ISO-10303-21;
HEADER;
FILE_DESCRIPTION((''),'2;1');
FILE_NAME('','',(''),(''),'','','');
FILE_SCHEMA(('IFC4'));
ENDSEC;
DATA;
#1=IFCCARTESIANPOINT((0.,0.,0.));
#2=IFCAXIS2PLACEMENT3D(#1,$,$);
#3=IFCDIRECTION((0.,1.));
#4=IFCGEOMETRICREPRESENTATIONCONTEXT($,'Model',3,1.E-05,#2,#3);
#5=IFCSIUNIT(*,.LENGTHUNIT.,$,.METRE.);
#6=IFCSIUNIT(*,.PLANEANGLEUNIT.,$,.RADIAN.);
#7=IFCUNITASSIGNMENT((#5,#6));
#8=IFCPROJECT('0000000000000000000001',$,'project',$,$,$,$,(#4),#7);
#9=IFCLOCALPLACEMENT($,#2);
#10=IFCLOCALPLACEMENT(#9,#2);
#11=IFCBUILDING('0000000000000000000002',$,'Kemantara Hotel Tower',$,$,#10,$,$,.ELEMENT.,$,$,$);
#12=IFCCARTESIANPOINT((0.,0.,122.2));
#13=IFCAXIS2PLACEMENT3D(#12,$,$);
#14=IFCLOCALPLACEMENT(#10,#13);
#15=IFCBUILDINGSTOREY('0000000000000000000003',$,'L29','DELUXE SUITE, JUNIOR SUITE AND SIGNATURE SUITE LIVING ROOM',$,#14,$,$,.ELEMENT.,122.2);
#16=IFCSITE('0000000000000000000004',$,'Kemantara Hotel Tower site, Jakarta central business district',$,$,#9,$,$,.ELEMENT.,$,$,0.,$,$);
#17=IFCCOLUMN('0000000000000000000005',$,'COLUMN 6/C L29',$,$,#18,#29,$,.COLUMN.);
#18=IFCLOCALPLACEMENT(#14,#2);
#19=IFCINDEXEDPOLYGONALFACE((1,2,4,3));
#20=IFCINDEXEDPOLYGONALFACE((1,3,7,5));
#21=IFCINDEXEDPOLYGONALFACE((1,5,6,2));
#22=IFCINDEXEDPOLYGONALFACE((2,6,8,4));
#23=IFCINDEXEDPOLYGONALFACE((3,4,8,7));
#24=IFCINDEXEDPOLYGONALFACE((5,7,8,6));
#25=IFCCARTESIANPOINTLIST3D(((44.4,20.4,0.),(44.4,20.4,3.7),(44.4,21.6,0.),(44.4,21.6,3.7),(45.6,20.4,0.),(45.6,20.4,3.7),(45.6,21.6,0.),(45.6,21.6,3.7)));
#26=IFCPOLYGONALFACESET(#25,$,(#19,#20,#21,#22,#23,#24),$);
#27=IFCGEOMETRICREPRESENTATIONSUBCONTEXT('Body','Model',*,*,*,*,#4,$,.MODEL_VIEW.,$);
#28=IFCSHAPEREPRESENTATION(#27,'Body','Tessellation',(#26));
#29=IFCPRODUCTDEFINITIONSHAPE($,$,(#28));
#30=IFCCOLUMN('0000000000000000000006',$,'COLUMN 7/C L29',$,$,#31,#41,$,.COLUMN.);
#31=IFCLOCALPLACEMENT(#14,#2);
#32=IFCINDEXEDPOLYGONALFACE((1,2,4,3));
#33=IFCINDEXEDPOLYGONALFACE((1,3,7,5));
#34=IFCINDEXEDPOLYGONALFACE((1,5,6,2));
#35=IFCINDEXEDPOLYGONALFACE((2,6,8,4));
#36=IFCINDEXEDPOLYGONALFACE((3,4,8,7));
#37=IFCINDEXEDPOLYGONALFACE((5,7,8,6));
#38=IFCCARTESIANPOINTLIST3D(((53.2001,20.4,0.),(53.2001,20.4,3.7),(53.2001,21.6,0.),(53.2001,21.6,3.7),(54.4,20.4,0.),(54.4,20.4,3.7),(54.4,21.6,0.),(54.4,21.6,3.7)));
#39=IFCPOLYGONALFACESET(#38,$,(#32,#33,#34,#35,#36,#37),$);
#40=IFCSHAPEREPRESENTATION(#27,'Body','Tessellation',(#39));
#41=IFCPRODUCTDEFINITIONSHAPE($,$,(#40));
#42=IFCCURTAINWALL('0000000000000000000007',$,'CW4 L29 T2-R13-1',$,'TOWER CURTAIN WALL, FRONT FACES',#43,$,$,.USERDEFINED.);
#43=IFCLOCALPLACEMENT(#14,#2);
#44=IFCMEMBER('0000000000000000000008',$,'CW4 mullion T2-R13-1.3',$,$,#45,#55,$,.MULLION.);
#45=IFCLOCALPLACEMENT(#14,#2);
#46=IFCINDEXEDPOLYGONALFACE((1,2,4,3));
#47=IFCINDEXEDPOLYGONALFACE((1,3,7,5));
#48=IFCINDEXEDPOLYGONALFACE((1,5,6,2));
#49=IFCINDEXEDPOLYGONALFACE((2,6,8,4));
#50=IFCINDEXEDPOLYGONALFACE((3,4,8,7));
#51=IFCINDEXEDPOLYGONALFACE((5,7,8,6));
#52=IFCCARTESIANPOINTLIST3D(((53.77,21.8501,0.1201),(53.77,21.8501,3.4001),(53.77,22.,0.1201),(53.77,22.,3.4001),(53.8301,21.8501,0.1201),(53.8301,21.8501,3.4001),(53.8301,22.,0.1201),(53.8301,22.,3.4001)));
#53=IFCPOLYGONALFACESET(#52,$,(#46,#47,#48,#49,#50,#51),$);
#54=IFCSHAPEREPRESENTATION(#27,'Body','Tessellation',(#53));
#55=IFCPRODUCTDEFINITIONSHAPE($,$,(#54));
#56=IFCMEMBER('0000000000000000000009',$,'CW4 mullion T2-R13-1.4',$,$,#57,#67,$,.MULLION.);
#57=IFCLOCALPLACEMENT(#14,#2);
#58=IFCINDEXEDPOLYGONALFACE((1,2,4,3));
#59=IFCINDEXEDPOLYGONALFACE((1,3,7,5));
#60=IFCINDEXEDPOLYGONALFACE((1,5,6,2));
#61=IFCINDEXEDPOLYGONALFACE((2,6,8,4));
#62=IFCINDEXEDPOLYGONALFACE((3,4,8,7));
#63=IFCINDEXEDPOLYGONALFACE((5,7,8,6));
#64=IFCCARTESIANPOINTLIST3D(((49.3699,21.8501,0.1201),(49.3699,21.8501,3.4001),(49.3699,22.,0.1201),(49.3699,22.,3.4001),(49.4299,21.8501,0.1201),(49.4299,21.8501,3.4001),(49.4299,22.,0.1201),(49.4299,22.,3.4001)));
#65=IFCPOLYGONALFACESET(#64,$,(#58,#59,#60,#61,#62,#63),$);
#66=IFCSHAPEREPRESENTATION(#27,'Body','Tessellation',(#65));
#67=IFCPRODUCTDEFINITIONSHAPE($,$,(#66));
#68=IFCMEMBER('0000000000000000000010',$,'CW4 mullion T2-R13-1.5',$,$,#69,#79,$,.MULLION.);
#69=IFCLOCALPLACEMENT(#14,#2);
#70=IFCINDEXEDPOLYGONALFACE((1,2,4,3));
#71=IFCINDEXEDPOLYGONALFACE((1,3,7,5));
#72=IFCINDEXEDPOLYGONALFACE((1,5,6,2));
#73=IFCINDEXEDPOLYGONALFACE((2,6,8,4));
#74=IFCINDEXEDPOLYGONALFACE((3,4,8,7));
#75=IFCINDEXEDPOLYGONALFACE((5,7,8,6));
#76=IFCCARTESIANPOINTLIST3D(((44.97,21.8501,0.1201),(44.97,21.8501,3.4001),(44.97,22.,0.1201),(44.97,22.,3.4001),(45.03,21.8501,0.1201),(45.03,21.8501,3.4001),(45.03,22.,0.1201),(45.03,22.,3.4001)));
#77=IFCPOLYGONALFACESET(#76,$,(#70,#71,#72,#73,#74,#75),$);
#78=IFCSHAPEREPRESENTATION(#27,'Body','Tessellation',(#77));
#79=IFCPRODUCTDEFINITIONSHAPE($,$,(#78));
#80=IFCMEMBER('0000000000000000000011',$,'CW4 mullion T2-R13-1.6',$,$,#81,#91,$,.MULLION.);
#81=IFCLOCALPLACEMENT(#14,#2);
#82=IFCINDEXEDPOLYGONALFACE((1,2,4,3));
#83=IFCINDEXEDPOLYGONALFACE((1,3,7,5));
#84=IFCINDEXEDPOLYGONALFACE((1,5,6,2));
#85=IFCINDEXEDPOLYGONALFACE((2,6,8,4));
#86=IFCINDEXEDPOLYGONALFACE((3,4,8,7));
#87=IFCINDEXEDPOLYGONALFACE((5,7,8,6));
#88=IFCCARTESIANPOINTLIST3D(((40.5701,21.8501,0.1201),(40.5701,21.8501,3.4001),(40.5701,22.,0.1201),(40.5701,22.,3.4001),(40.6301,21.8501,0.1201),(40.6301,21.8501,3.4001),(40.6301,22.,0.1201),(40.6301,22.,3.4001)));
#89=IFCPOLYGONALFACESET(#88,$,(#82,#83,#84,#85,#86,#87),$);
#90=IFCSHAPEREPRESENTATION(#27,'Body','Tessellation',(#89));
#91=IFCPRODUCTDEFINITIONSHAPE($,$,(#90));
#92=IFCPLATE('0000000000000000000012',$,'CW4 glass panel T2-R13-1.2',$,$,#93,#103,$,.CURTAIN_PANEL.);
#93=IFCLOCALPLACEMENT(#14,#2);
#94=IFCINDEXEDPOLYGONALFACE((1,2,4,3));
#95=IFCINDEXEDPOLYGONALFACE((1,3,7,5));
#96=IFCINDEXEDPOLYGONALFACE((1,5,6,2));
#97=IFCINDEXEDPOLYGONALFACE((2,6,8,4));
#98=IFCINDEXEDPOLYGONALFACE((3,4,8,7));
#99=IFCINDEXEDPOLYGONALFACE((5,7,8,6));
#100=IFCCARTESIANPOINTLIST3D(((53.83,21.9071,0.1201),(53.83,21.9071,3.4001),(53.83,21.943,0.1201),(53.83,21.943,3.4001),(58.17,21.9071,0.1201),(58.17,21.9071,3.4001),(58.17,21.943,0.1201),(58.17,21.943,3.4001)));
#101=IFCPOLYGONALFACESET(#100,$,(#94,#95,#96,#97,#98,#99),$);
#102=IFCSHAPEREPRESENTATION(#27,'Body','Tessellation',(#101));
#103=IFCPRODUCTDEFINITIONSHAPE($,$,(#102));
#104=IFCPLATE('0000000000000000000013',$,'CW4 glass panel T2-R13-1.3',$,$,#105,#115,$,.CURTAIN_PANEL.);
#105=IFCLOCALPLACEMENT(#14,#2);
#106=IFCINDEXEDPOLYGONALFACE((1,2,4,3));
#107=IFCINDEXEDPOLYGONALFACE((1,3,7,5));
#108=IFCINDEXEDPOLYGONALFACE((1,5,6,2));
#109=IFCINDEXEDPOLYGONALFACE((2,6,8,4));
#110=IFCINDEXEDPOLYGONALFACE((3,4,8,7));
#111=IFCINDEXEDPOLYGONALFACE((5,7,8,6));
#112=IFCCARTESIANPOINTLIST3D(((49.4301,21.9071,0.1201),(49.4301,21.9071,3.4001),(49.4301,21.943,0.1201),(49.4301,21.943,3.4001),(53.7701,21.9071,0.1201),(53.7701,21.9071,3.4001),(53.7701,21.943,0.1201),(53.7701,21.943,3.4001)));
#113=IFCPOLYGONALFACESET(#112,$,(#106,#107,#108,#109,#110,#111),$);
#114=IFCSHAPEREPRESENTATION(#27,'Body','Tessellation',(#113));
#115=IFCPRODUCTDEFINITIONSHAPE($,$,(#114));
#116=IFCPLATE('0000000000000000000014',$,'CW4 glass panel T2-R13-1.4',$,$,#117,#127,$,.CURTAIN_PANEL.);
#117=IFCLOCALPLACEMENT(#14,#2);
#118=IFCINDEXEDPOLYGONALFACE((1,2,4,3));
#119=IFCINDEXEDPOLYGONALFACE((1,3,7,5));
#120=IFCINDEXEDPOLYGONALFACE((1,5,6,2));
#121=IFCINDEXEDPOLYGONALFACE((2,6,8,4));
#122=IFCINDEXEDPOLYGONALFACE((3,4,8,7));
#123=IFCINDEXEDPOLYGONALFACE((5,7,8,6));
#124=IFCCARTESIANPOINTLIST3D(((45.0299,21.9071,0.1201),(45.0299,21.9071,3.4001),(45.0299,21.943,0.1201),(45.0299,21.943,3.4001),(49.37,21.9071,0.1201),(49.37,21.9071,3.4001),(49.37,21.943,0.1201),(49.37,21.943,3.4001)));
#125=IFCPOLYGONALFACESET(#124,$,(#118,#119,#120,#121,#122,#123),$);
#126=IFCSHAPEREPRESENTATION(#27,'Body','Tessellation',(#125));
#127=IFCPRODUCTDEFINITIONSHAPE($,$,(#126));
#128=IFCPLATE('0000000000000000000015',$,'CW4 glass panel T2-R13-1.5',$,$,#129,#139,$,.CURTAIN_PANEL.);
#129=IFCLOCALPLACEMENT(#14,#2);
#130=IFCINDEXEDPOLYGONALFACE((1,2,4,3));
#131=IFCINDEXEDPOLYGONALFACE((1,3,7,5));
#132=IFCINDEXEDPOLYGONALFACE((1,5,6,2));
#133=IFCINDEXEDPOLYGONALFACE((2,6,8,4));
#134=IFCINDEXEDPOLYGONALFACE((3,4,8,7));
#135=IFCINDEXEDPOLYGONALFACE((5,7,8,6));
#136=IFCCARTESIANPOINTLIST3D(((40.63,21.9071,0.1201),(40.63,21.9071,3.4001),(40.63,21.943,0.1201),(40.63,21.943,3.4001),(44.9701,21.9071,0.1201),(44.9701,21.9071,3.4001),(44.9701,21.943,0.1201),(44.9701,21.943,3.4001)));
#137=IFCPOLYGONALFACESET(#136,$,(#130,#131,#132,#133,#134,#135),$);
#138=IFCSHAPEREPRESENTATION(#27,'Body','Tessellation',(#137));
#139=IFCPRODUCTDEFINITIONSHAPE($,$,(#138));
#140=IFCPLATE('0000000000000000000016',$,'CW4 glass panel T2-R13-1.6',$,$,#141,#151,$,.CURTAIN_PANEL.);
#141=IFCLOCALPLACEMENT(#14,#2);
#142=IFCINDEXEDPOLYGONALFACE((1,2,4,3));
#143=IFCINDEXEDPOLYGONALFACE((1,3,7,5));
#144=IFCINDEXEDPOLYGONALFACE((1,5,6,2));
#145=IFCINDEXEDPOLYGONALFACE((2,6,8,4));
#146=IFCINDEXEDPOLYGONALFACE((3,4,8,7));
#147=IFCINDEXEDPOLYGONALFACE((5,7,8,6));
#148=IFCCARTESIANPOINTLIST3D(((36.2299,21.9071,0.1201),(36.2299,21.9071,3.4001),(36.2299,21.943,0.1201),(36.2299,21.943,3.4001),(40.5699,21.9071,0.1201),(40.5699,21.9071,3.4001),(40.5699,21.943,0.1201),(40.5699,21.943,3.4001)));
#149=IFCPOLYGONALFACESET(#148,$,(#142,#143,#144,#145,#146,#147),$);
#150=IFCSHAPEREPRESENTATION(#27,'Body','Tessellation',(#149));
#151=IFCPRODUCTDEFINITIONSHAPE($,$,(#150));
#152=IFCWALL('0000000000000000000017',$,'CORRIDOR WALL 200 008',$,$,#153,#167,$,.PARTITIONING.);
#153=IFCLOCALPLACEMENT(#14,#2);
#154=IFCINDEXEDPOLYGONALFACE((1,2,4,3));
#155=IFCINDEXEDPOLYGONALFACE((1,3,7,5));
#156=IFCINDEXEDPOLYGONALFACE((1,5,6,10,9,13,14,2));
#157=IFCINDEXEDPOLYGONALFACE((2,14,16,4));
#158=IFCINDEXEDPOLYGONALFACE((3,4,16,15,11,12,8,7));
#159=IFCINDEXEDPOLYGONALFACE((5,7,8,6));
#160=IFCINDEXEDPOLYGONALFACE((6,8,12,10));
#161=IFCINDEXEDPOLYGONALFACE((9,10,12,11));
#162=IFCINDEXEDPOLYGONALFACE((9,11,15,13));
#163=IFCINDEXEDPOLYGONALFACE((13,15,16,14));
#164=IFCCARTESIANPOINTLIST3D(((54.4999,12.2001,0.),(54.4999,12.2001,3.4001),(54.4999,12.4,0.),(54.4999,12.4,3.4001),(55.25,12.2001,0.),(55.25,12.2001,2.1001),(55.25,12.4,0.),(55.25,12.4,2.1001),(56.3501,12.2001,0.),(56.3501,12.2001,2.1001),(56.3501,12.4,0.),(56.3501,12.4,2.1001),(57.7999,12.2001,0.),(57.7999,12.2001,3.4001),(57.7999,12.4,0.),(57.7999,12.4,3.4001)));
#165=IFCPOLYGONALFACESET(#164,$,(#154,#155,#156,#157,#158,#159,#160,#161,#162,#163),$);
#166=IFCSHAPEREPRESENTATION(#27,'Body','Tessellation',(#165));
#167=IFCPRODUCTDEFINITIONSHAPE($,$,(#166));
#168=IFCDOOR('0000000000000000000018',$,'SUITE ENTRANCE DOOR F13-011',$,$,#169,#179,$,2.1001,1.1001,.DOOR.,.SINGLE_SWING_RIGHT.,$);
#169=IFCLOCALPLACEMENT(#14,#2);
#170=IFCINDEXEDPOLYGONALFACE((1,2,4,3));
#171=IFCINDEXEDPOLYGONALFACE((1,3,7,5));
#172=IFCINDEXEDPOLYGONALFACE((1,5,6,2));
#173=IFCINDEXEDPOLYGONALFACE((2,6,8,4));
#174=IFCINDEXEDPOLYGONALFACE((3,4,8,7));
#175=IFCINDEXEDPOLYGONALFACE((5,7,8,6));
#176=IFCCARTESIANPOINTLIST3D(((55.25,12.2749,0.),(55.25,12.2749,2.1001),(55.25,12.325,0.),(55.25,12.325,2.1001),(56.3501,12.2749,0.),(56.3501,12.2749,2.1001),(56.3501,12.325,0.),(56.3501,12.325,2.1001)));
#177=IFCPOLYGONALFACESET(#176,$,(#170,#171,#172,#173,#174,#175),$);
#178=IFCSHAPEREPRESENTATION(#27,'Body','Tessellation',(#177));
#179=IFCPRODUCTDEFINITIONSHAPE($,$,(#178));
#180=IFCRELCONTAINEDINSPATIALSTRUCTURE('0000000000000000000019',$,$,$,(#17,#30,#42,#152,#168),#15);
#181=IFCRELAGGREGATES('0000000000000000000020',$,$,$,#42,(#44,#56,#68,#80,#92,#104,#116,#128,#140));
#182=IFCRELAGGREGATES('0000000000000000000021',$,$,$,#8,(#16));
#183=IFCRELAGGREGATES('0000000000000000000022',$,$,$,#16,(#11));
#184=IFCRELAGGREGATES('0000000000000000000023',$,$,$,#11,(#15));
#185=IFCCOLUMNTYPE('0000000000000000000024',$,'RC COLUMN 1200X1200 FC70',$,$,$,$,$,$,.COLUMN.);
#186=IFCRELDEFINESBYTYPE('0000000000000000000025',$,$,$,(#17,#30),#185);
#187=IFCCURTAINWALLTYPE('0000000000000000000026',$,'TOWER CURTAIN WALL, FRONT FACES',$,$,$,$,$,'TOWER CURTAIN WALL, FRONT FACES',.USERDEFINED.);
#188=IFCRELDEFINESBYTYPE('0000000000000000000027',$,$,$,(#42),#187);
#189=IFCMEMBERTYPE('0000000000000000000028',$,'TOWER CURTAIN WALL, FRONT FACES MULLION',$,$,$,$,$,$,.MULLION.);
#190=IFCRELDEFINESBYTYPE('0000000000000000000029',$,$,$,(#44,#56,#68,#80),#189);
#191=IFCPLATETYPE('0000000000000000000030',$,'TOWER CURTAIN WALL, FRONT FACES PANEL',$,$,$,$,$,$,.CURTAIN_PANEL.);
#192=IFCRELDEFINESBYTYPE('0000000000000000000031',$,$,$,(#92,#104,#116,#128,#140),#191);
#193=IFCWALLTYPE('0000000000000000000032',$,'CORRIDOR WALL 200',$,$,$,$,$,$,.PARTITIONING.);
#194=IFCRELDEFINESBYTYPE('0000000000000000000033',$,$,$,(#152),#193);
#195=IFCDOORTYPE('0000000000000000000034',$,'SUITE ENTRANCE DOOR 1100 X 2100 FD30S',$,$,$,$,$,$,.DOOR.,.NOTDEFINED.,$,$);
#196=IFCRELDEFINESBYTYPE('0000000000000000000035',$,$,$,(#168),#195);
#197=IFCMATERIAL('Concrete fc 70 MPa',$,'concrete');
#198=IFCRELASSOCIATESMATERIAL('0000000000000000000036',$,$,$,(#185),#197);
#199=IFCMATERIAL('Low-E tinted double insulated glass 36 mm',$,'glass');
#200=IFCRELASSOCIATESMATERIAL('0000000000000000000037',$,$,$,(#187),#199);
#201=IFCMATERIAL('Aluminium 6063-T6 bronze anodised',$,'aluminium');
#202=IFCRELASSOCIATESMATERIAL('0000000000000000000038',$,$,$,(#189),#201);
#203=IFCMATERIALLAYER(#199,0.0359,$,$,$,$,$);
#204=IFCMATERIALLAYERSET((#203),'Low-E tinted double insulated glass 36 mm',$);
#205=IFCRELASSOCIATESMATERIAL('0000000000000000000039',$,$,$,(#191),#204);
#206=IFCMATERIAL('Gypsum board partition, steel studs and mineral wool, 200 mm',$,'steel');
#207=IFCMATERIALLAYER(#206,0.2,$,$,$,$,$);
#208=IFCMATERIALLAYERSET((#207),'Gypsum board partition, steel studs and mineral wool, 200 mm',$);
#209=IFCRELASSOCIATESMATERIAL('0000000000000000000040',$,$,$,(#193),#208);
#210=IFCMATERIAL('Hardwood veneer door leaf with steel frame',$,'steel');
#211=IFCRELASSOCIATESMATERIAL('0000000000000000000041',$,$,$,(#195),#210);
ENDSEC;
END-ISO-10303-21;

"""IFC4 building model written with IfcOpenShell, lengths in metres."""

from ifc_helpers import new_model, si_unit, direction, frame, frame_2d, origin, origin_2d, place, context, subcontext, project, spatial, rectangle, extrude, source, transform, mapped, material, layer, layer_set, material_profile, profile_set, type_object, element, fill, aggregate, save


model = new_model("IFC4")

# Units and contexts
model_context = context("Model", 3, precision=1e-05, world=origin(), true_north=direction((0.0, 1.0)))
body_context = subcontext(model_context, "Body", "Model", "MODEL_VIEW")
ifc_project = project(units=[si_unit("LENGTHUNIT", "METRE"), si_unit("PLANEANGLEUNIT", "RADIAN")], contexts=[model_context])

# Site, building, storey
site_placement = place(None, origin())
site = spatial("IfcSite", under=ifc_project, at=site_placement, Name="Kemantara Hotel Tower site, Jakarta central business district", CompositionType="ELEMENT", RefElevation=0.0)
building_placement = place(site_placement, origin())
building = spatial("IfcBuilding", under=site, at=building_placement, Name="Kemantara Hotel Tower", CompositionType="ELEMENT")
storey_placement = place(building_placement, frame((0.0, 0.0, 122.2)))
storey = spatial("IfcBuildingStorey", under=building, at=storey_placement, Name="L29", Description="DELUXE SUITE, JUNIOR SUITE AND SIGNATURE SUITE LIVING ROOM", CompositionType="ELEMENT", Elevation=122.2)

# Columns
ifc_material_1 = material(Name="Concrete fc 70 MPa", Category="concrete")
ifc_material_profile_1 = material_profile(ifc_material_1, rectangle(XDim=1.2, YDim=1.2, at=origin_2d()), Name="RC 1200X1200")
ifc_profile_set_1 = profile_set([ifc_material_profile_1], Name="Concrete fc 70 MPa")
column_type = type_object("IfcColumnType", Name="RC COLUMN 1200X1200 FC70", PredefinedType="COLUMN", material=ifc_profile_set_1)
for number, where, z_axis, x_axis, name in (
    (1, (45.0, 21.0, 0.0), (0.0, 0.0, 1.0), (1.0, 0.0, 0.0), "COLUMN 6/C L29"),
    (2, (53.8, 21.0, 0.0), (0.0, 0.0, 1.0), (1.0, 0.0, 0.0), "COLUMN 7/C L29"),
):
    element("IfcColumn", number, at=place(storey_placement, frame(where, z_axis=z_axis, x_axis=x_axis)), inside=storey, type_object=column_type, Name=name, PredefinedType="COLUMN", context=body_context, shape_type="SweptSolid", body=[
        extrude(rectangle(XDim=1.2, YDim=1.2, at=origin_2d()), origin(), (0.0, 0.0, 1.0), 3.7),
    ])

# Curtain wall, members, plates
ifc_material_2 = material(Name="Low-E tinted double insulated glass 36 mm", Category="glass")
curtain_wall_type = type_object("IfcCurtainWallType", Name="TOWER CURTAIN WALL, FRONT FACES", ElementType="TOWER CURTAIN WALL, FRONT FACES", PredefinedType="USERDEFINED", material=ifc_material_2)
curtain_wall_placement = place(storey_placement, origin())
curtain_wall = element("IfcCurtainWall", 3, at=curtain_wall_placement, inside=storey, type_object=curtain_wall_type, Name="CW4 L29 T2-R13-1", ObjectType="TOWER CURTAIN WALL, FRONT FACES", PredefinedType="USERDEFINED")
ifc_material_3 = material(Name="Aluminium 6063-T6 bronze anodised", Category="aluminium")
ifc_material_profile_2 = material_profile(ifc_material_3, rectangle(XDim=0.1499, YDim=0.0601, at=origin_2d()), Name="TOWER CURTAIN WALL, FRONT FACES MULLION")
ifc_profile_set_2 = profile_set([ifc_material_profile_2], Name="Aluminium 6063-T6 bronze anodised")
member_type = type_object("IfcMemberType", Name="TOWER CURTAIN WALL, FRONT FACES MULLION", PredefinedType="MULLION", material=ifc_profile_set_2)
shared_shape_1 = source(origin(), body_context, "Body", "SweptSolid", [
    extrude(rectangle(XDim=0.1499, YDim=0.0601, at=origin_2d()), origin(), (0.0, 0.0, 1.0), 3.28),
])
member_1_placement = place(storey_placement, frame((53.8, 21.925, 0.1201), z_axis=(0.0, 0.0, 1.0), x_axis=(0.0, -1.0, 0.0)))
member_1 = element("IfcMember", 4, at=member_1_placement, type_object=member_type, Name="CW4 mullion T2-R13-1.3", PredefinedType="MULLION", context=body_context, shape_type="MappedRepresentation", body=[
    mapped(shared_shape_1, transform((0.0, 0.0, 0.0))),
])
member_2_placement = place(storey_placement, frame((49.3999, 21.925, 0.1201), z_axis=(0.0, 0.0, 1.0), x_axis=(0.0, -1.0, 0.0)))
member_2 = element("IfcMember", 5, at=member_2_placement, type_object=member_type, Name="CW4 mullion T2-R13-1.4", PredefinedType="MULLION", context=body_context, shape_type="MappedRepresentation", body=[
    mapped(shared_shape_1, transform((0.0, 0.0, 0.0))),
])
member_3_placement = place(storey_placement, frame((45.0, 21.925, 0.1201), z_axis=(0.0, 0.0, 1.0), x_axis=(0.0, -1.0, 0.0)))
member_3 = element("IfcMember", 6, at=member_3_placement, type_object=member_type, Name="CW4 mullion T2-R13-1.5", PredefinedType="MULLION", context=body_context, shape_type="MappedRepresentation", body=[
    mapped(shared_shape_1, transform((0.0, 0.0, 0.0))),
])
member_4_placement = place(storey_placement, frame((40.6001, 21.925, 0.1201), z_axis=(0.0, 0.0, 1.0), x_axis=(0.0, -1.0, 0.0)))
member_4 = element("IfcMember", 7, at=member_4_placement, type_object=member_type, Name="CW4 mullion T2-R13-1.6", PredefinedType="MULLION", context=body_context, shape_type="MappedRepresentation", body=[
    mapped(shared_shape_1, transform((0.0, 0.0, 0.0))),
])
ifc_layer_1 = layer(ifc_material_2, 0.0359)
ifc_layer_set_1 = layer_set([ifc_layer_1], Name="Low-E tinted double insulated glass 36 mm")
plate_type = type_object("IfcPlateType", Name="TOWER CURTAIN WALL, FRONT FACES PANEL", PredefinedType="CURTAIN_PANEL", material=ifc_layer_set_1)
shared_shape_2 = source(origin(), body_context, "Body", "SweptSolid", [
    extrude(rectangle(XDim=4.3401, YDim=0.0359, at=origin_2d()), origin(), (0.0, 0.0, 1.0), 3.28),
])
plate_1_placement = place(storey_placement, frame((56.0, 21.925, 0.1201), z_axis=(0.0, 0.0, 1.0), x_axis=(-1.0, 0.0, 0.0)))
plate_1 = element("IfcPlate", 8, at=plate_1_placement, type_object=plate_type, Name="CW4 glass panel T2-R13-1.2", PredefinedType="CURTAIN_PANEL", context=body_context, shape_type="MappedRepresentation", body=[
    mapped(shared_shape_2, transform((0.0, 0.0, 0.0))),
])
plate_2_placement = place(storey_placement, frame((51.6001, 21.925, 0.1201), z_axis=(0.0, 0.0, 1.0), x_axis=(-1.0, 0.0, 0.0)))
plate_2 = element("IfcPlate", 9, at=plate_2_placement, type_object=plate_type, Name="CW4 glass panel T2-R13-1.3", PredefinedType="CURTAIN_PANEL", context=body_context, shape_type="MappedRepresentation", body=[
    mapped(shared_shape_2, transform((0.0, 0.0, 0.0))),
])
plate_3_placement = place(storey_placement, frame((47.2, 21.925, 0.1201), z_axis=(0.0, 0.0, 1.0), x_axis=(-1.0, 0.0, 0.0)))
plate_3 = element("IfcPlate", 10, at=plate_3_placement, type_object=plate_type, Name="CW4 glass panel T2-R13-1.4", PredefinedType="CURTAIN_PANEL", context=body_context, shape_type="MappedRepresentation", body=[
    mapped(shared_shape_2, transform((0.0, 0.0, 0.0))),
])
plate_4_placement = place(storey_placement, frame((42.8, 21.925, 0.1201), z_axis=(0.0, 0.0, 1.0), x_axis=(-1.0, 0.0, 0.0)))
plate_4 = element("IfcPlate", 11, at=plate_4_placement, type_object=plate_type, Name="CW4 glass panel T2-R13-1.5", PredefinedType="CURTAIN_PANEL", context=body_context, shape_type="MappedRepresentation", body=[
    mapped(shared_shape_2, transform((0.0, 0.0, 0.0))),
])
plate_5_placement = place(storey_placement, frame((38.3999, 21.925, 0.1201), z_axis=(0.0, 0.0, 1.0), x_axis=(-1.0, 0.0, 0.0)))
plate_5 = element("IfcPlate", 12, at=plate_5_placement, type_object=plate_type, Name="CW4 glass panel T2-R13-1.6", PredefinedType="CURTAIN_PANEL", context=body_context, shape_type="MappedRepresentation", body=[
    mapped(shared_shape_2, transform((0.0, 0.0, 0.0))),
])
aggregate(curtain_wall, [member_1, member_2, member_3, member_4, plate_1, plate_2, plate_3, plate_4, plate_5])

# Wall, opening, door
ifc_material_4 = material(Name="Gypsum board partition, steel studs and mineral wool, 200 mm", Category="steel")
ifc_layer_2 = layer(ifc_material_4, 0.2)
ifc_layer_set_2 = layer_set([ifc_layer_2], Name="Gypsum board partition, steel studs and mineral wool, 200 mm")
wall_type_1 = type_object("IfcWallType", Name="CORRIDOR WALL 200", PredefinedType="PARTITIONING", material=ifc_layer_set_2)
wall_1_placement = place(storey_placement, frame((54.5, 12.3, 0.0), z_axis=(0.0, 0.0, 1.0), x_axis=(1.0, 0.0, 0.0)))
wall_1 = element("IfcWall", 13, at=wall_1_placement, inside=storey, type_object=wall_type_1, Name="CORRIDOR WALL 200 008", PredefinedType="PARTITIONING", context=body_context, shape_type="SweptSolid", body=[
    extrude(rectangle(XDim=3.3, YDim=0.2, at=frame_2d((1.6499, 0.0))), origin(), (0.0, 0.0, 1.0), 3.4001),
])
opening_1_placement = place(wall_1_placement, frame((0.75, 0.0, 0.0)))
opening_1 = element("IfcOpeningElement", 14, at=opening_1_placement, cuts=wall_1, PredefinedType="OPENING", context=body_context, shape_type="SweptSolid", body=[
    extrude(rectangle(XDim=1.1001, YDim=2.1001, at=frame_2d((0.55, 1.05))), frame((0.0, 0.1099, 0.0), z_axis=(0.0, -1.0, 0.0), x_axis=(1.0, 0.0, 0.0)), (0.0, 0.0, 1.0), 0.22),
])
ifc_material_5 = material(Name="Hardwood veneer door leaf with steel frame", Category="steel")
door_type_1 = type_object("IfcDoorType", Name="SUITE ENTRANCE DOOR 1100 X 2100 FD30S", OperationType="NOTDEFINED", PredefinedType="DOOR", material=ifc_material_5)
door_1_placement = place(opening_1_placement, origin())
door_1 = element("IfcDoor", 15, at=door_1_placement, inside=storey, type_object=door_type_1, Name="SUITE ENTRANCE DOOR F13-011", OperationType="SINGLE_SWING_RIGHT", OverallHeight=2.1001, OverallWidth=1.1001, PredefinedType="DOOR", context=body_context, shape_type="SweptSolid", body=[
    extrude(rectangle(XDim=1.1001, YDim=2.1001, at=frame_2d((0.55, 1.05))), frame((0.0, 0.0249, 0.0), z_axis=(0.0, -1.0, 0.0), x_axis=(1.0, 0.0, 0.0)), (0.0, 0.0, 1.0), 0.05),
])
fill(opening_1, door_1)

save(model, "model.ifc")
